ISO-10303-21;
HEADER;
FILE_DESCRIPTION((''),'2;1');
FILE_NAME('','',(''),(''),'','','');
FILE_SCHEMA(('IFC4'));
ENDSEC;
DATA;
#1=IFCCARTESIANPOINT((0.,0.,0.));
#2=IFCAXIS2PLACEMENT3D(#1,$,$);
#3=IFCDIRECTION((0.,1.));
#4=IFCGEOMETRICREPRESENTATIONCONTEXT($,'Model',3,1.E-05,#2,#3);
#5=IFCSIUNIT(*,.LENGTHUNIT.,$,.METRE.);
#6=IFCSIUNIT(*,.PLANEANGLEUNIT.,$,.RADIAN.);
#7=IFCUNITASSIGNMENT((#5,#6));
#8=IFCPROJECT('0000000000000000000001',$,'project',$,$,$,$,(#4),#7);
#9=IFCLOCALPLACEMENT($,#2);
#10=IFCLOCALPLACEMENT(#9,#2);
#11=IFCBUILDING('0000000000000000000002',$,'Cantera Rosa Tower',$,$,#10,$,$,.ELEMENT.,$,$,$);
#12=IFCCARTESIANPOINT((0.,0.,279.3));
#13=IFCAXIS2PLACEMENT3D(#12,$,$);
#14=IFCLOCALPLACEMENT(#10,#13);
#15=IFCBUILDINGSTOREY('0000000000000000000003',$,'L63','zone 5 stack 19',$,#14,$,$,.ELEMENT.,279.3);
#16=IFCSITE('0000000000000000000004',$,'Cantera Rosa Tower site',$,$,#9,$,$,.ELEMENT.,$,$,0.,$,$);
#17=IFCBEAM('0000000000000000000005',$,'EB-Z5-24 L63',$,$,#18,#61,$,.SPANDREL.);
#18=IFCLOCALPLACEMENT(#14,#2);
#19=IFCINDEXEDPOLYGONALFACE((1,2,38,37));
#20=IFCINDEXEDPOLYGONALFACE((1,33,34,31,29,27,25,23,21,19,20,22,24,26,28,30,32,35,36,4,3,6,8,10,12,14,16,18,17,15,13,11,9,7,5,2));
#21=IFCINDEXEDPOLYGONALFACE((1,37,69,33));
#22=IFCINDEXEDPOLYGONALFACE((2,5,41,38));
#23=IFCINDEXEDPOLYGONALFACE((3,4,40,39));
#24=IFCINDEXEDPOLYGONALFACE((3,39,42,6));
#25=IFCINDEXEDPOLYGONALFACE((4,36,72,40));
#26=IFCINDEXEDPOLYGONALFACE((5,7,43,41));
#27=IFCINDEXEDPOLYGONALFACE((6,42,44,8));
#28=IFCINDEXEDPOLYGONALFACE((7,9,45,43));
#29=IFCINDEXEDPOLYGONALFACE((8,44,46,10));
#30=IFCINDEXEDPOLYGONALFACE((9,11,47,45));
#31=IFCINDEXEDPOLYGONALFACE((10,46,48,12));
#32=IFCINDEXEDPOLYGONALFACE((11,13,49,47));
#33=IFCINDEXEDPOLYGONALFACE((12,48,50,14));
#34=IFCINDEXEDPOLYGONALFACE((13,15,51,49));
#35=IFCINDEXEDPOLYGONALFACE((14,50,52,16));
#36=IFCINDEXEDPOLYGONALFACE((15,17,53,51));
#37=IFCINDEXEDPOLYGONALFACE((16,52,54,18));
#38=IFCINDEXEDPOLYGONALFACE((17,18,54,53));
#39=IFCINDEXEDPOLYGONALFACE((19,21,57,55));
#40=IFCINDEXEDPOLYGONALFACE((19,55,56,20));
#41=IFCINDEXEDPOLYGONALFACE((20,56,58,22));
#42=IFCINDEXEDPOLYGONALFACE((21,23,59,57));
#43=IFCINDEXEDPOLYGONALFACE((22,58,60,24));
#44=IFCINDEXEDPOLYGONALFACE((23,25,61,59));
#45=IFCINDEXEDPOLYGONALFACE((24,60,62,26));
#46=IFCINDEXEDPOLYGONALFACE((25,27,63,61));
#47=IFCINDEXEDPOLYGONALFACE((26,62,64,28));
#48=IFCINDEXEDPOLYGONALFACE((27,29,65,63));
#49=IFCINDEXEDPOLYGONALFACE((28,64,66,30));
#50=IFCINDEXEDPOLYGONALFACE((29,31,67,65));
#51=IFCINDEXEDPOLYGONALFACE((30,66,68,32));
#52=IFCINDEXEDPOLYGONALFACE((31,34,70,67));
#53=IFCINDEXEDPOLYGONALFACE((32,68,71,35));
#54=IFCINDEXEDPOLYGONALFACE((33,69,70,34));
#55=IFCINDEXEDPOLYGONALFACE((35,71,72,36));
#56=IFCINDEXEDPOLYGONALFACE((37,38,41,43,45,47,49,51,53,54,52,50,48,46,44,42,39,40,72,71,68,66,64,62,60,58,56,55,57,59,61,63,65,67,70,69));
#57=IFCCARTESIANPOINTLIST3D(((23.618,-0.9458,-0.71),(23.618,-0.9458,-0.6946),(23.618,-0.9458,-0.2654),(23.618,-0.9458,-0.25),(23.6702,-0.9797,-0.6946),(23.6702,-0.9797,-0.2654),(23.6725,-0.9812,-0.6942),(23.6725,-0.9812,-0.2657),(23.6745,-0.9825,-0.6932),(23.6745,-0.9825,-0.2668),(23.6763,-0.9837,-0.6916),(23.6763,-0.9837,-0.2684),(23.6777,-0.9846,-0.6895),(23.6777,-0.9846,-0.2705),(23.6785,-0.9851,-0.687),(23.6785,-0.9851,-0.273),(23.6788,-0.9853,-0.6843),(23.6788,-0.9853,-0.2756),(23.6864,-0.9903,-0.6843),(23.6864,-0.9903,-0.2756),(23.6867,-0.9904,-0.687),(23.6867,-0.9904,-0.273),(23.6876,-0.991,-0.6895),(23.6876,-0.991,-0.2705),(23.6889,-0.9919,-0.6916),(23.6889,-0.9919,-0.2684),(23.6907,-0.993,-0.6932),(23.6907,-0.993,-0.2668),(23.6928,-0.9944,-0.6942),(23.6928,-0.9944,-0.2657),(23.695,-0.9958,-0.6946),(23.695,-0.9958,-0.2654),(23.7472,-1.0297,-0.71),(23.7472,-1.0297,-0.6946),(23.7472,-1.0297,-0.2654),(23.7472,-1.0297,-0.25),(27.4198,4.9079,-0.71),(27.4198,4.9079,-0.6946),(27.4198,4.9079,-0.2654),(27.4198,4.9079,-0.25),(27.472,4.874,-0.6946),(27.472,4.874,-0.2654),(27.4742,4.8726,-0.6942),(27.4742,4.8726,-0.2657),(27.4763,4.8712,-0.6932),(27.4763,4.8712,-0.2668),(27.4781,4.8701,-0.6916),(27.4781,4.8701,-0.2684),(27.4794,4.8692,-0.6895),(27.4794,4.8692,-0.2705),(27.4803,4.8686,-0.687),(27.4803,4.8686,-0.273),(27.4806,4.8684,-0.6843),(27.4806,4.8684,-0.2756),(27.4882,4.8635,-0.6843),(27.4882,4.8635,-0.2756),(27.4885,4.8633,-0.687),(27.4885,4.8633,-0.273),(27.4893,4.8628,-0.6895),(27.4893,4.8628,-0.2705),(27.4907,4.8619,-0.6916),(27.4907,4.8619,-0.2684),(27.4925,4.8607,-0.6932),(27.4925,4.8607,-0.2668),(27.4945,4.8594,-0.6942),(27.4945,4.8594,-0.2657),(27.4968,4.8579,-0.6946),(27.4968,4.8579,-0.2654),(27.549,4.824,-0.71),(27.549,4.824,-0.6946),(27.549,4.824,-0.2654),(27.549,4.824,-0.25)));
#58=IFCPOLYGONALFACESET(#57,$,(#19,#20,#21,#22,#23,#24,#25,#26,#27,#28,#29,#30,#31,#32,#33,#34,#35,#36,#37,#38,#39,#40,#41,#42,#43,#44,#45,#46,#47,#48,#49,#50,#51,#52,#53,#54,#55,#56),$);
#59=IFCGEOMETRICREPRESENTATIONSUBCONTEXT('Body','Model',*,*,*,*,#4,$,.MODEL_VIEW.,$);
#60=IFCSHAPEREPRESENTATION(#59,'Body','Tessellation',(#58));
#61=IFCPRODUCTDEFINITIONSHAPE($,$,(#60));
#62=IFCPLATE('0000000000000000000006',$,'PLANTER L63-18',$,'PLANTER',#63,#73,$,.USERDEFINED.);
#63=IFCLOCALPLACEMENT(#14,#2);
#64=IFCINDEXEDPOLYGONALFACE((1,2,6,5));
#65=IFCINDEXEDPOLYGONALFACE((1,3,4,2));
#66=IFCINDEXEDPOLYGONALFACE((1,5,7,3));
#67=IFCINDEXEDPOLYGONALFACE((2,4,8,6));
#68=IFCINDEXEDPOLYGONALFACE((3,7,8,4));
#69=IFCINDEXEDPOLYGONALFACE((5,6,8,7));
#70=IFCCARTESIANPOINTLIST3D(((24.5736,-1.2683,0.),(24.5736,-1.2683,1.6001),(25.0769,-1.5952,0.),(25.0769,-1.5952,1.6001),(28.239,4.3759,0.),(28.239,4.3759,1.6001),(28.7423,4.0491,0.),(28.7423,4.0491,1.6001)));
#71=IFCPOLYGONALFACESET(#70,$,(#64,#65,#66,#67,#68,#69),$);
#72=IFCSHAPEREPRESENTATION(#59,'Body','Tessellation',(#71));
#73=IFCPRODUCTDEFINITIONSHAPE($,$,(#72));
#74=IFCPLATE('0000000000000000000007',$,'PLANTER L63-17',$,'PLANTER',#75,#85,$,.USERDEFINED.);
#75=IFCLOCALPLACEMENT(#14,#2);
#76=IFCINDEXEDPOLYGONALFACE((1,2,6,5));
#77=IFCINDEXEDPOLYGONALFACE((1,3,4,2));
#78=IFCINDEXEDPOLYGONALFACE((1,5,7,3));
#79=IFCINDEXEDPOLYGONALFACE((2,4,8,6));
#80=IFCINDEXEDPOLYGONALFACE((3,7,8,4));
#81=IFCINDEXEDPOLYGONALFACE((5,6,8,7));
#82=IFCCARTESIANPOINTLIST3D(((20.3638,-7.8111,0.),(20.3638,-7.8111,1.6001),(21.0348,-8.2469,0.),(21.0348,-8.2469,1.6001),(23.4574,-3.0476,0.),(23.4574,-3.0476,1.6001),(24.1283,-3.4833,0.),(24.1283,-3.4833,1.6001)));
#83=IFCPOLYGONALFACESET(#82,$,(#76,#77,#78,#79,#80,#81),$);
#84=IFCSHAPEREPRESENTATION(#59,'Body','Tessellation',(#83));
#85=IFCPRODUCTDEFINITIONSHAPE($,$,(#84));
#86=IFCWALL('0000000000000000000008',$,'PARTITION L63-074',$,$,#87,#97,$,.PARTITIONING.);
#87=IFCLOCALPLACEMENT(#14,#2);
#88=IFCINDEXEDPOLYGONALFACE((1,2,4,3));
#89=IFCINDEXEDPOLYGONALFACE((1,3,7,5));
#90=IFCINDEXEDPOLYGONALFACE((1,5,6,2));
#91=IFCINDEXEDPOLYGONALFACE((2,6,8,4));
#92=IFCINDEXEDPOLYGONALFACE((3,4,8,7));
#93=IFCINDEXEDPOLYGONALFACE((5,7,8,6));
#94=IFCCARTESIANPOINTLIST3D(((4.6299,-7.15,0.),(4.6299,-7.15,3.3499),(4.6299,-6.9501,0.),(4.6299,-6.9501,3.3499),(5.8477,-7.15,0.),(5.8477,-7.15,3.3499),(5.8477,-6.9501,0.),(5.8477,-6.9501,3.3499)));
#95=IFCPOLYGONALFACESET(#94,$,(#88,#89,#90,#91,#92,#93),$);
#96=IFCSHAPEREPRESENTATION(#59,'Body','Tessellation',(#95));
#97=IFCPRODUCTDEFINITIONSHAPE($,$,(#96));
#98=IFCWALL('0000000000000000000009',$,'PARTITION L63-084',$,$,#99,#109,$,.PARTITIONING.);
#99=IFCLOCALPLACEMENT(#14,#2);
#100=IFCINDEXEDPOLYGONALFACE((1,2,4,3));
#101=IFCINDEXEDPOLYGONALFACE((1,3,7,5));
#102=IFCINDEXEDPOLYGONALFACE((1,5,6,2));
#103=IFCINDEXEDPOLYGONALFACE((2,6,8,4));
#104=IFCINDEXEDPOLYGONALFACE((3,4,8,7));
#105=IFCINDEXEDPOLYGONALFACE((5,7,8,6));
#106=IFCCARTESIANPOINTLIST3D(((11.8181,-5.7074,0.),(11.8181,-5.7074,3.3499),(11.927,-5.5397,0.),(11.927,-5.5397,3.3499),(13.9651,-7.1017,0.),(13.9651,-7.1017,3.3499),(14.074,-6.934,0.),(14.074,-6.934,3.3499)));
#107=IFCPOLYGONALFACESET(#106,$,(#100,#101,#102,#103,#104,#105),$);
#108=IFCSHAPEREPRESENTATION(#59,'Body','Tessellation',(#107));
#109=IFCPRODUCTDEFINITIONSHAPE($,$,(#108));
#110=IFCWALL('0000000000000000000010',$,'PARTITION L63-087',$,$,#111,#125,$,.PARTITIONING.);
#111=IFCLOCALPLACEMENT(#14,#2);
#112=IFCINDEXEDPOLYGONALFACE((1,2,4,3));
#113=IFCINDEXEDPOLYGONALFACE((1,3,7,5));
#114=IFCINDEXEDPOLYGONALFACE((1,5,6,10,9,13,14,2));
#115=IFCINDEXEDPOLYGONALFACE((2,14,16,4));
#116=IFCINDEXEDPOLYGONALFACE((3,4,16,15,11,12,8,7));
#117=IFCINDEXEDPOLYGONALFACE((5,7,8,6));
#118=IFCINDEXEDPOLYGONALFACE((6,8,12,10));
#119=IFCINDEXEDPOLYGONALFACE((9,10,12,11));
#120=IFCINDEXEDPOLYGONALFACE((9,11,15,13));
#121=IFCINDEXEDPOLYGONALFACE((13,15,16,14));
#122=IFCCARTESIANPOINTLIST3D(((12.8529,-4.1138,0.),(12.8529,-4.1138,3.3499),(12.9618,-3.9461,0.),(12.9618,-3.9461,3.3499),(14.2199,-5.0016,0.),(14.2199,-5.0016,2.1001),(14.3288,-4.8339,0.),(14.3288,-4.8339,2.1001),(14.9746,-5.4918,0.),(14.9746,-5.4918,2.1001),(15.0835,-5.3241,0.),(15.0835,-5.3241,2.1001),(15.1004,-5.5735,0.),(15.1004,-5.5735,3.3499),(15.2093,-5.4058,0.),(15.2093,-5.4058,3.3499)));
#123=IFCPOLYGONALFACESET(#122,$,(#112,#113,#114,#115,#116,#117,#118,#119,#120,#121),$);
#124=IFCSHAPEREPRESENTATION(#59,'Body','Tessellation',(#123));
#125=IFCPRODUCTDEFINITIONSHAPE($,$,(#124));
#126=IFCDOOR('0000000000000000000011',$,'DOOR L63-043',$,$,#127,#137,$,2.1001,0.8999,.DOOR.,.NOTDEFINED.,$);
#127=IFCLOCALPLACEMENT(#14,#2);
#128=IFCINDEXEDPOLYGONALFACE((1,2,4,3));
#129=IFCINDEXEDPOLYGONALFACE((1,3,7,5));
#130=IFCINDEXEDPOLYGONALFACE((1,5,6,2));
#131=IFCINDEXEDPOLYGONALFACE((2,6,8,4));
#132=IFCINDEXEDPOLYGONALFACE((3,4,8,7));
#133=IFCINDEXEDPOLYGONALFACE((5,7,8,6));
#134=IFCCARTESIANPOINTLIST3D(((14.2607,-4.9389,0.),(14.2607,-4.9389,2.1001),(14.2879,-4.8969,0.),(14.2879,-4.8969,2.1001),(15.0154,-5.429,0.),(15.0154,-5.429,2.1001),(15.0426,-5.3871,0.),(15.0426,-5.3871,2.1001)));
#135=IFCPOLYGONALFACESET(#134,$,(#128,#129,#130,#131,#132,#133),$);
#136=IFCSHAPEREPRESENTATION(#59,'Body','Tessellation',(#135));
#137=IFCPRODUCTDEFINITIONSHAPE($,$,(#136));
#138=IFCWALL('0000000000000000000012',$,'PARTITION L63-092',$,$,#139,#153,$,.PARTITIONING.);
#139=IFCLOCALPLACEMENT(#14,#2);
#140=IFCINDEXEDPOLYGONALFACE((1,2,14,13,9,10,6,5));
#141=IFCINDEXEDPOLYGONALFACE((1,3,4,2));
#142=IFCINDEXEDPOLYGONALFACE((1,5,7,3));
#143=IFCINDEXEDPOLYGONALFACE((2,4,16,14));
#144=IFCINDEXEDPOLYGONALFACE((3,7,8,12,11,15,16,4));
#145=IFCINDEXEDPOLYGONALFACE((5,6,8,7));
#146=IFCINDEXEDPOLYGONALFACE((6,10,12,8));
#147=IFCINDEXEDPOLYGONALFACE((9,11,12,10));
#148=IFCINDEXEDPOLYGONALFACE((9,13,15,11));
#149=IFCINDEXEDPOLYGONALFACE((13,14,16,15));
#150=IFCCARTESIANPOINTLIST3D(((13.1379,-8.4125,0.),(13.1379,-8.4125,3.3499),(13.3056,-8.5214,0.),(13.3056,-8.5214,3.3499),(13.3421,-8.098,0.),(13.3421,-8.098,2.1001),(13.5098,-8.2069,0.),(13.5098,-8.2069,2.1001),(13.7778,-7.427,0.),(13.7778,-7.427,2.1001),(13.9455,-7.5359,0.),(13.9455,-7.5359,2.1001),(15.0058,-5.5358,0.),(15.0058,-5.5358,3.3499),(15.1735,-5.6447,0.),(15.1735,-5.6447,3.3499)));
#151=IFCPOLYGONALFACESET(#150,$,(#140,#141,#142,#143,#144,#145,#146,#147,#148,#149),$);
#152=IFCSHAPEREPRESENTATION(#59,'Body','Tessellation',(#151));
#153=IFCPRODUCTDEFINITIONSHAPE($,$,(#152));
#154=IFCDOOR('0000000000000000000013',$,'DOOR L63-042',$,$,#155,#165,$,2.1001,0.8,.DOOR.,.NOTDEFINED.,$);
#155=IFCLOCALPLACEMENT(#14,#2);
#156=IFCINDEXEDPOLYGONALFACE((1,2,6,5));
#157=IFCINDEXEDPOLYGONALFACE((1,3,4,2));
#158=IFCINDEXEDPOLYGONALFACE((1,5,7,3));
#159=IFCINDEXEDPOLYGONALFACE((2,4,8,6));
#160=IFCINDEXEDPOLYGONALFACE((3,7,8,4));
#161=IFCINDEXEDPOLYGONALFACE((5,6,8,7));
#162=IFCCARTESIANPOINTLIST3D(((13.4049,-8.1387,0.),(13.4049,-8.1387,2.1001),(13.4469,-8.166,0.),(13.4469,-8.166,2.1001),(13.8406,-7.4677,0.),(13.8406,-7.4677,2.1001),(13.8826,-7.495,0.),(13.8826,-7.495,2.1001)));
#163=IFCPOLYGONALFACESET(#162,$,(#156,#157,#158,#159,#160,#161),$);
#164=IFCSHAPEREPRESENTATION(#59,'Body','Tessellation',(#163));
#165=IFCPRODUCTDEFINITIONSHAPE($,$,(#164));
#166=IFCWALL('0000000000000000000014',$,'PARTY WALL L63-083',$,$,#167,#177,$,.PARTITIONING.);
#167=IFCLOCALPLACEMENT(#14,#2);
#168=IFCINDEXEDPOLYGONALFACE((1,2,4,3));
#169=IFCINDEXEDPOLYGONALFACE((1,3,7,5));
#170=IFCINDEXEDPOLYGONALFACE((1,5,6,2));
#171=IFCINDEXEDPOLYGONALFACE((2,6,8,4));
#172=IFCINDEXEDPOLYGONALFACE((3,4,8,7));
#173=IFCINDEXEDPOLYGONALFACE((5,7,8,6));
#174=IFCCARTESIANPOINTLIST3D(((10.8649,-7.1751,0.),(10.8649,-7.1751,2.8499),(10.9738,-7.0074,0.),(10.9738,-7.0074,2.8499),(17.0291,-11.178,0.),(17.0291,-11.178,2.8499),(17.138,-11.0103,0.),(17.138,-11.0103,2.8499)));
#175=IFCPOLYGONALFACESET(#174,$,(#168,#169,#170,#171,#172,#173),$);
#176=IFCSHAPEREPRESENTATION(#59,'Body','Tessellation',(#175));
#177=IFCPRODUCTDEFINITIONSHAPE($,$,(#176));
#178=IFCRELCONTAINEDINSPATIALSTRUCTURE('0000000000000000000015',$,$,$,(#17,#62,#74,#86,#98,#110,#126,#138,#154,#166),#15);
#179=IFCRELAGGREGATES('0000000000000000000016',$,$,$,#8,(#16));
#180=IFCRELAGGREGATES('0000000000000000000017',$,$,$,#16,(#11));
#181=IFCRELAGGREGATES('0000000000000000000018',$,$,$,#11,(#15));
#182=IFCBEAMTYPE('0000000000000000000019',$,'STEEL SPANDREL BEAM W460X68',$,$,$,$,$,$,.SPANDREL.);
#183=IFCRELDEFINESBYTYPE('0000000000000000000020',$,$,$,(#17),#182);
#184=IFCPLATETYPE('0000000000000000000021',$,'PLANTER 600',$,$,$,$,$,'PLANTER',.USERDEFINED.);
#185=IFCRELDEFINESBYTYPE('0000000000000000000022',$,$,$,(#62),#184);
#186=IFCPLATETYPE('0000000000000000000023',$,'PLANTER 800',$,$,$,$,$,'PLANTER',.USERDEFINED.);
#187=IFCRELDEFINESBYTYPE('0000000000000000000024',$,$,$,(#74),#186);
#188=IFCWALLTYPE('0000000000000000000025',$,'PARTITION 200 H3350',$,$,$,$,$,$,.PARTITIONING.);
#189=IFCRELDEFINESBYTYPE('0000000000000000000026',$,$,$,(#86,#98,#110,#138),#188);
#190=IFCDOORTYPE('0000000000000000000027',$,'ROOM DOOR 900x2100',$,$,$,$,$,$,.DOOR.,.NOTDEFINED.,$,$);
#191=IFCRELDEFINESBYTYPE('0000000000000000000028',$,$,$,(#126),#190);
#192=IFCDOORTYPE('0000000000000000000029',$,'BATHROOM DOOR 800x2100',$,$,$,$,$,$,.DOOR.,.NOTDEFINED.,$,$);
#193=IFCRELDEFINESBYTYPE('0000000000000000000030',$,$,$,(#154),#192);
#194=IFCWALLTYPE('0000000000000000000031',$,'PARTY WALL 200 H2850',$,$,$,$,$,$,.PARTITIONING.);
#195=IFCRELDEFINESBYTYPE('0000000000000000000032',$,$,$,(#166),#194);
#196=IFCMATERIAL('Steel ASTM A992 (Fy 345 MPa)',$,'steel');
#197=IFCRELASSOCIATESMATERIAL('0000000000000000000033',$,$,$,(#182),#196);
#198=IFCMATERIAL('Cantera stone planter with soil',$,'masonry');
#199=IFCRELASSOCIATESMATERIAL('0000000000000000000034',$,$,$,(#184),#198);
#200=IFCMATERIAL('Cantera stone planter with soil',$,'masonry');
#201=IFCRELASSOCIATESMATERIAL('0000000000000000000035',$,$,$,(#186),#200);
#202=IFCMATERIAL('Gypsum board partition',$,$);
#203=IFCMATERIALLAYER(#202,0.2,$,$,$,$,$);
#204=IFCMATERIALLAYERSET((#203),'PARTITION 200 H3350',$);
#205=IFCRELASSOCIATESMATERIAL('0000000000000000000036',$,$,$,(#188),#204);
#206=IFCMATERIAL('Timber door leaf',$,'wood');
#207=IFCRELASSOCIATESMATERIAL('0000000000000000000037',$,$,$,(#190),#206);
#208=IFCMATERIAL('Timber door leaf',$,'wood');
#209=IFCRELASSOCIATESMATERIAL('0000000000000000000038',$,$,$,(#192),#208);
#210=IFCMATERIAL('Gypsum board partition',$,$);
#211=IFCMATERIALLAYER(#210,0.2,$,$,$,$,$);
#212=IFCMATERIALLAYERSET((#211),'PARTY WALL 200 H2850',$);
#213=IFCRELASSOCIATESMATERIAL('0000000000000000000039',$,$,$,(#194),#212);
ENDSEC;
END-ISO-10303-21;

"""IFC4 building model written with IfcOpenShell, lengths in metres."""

from ifc_helpers import new_model, si_unit, direction, frame, frame_2d, origin, origin_2d, place, context, subcontext, project, spatial, rectangle, i_section, extrude, material, layer, layer_set, material_profile, profile_set, type_object, element, fill, save


model = new_model("IFC4")

# Units and contexts
model_context = context("Model", 3, precision=1e-05, world=origin(), true_north=direction((0.0, 1.0)))
body_context = subcontext(model_context, "Body", "Model", "MODEL_VIEW")
ifc_project = project(units=[si_unit("LENGTHUNIT", "METRE"), si_unit("PLANEANGLEUNIT", "RADIAN")], contexts=[model_context])

# Site, building, storey
site_placement = place(None, origin())
site = spatial("IfcSite", under=ifc_project, at=site_placement, Name="Cantera Rosa Tower site", CompositionType="ELEMENT", RefElevation=0.0)
building_placement = place(site_placement, origin())
building = spatial("IfcBuilding", under=site, at=building_placement, Name="Cantera Rosa Tower", CompositionType="ELEMENT")
storey_placement = place(building_placement, frame((0.0, 0.0, 279.3)))
storey = spatial("IfcBuildingStorey", under=building, at=storey_placement, Name="L63", Description="zone 5 stack 19", CompositionType="ELEMENT", Elevation=279.3)

# Beam
ifc_material_1 = material(Name="Steel ASTM A992 (Fy 345 MPa)", Category="steel")
ifc_material_profile_1 = material_profile(ifc_material_1, i_section(OverallWidth=0.1541, OverallDepth=0.46, WebThickness=0.009, FlangeThickness=0.0154, FilletRadius=0.0103, at=origin_2d()), Name="W460X68")
ifc_profile_set_1 = profile_set([ifc_material_profile_1], Name="Steel ASTM A992 (Fy 345 MPa)")
beam_type_1 = type_object("IfcBeamType", Name="STEEL SPANDREL BEAM W460X68", PredefinedType="SPANDREL", material=ifc_profile_set_1)
beam_1_placement = place(storey_placement, frame((23.6826, -0.9878, -0.48), z_axis=(0.544667, 0.838652, 0.0), x_axis=(-0.838652, 0.544667, 0.0)))
element("IfcBeam", 1, at=beam_1_placement, inside=storey, type_object=beam_type_1, Name="EB-Z5-24 L63", PredefinedType="SPANDREL", context=body_context, shape_type="SweptSolid", body=[
    extrude(i_section(OverallWidth=0.1541, OverallDepth=0.46, WebThickness=0.009, FlangeThickness=0.0154, FilletRadius=0.0103, at=origin_2d()), origin(), (0.0, 0.0, 1.0), 6.98),
])

# Plates
ifc_material_2 = material(Name="Cantera stone planter with soil", Category="masonry")
plate_type_1 = type_object("IfcPlateType", Name="PLANTER 600", ElementType="PLANTER", PredefinedType="USERDEFINED", material=ifc_material_2)
plate_1_placement = place(storey_placement, frame((26.658, 1.3904, 0.0), z_axis=(0.0, 0.0, 1.0), x_axis=(0.544639, 0.838671, 0.0)))
element("IfcPlate", 2, at=plate_1_placement, inside=storey, type_object=plate_type_1, Name="PLANTER L63-18", ObjectType="PLANTER", PredefinedType="USERDEFINED", context=body_context, shape_type="SweptSolid", body=[
    extrude(rectangle(XDim=6.73, YDim=0.6001, at=origin_2d()), origin(), (0.0, 0.0, 1.0), 1.6001),
])
ifc_material_3 = material(Name="Cantera stone planter with soil", Category="masonry")
plate_type_2 = type_object("IfcPlateType", Name="PLANTER 800", ElementType="PLANTER", PredefinedType="USERDEFINED", material=ifc_material_3)
plate_2_placement = place(storey_placement, frame((22.2461, -5.6472, 0.0), z_axis=(0.0, 0.0, 1.0), x_axis=(0.544639, 0.838671, 0.0)))
element("IfcPlate", 3, at=plate_2_placement, inside=storey, type_object=plate_type_2, Name="PLANTER L63-17", ObjectType="PLANTER", PredefinedType="USERDEFINED", context=body_context, shape_type="SweptSolid", body=[
    extrude(rectangle(XDim=5.6799, YDim=0.8, at=origin_2d()), origin(), (0.0, 0.0, 1.0), 1.6001),
])

# Walls
ifc_material_4 = material(Name="Gypsum board partition")
ifc_layer_1 = layer(ifc_material_4, 0.2)
ifc_layer_set_1 = layer_set([ifc_layer_1], Name="PARTITION 200 H3350")
wall_type_1 = type_object("IfcWallType", Name="PARTITION 200 H3350", PredefinedType="PARTITIONING", material=ifc_layer_set_1)
wall_1_placement = place(storey_placement, frame((5.8477, -7.05, 0.0), z_axis=(0.0, 0.0, 1.0), x_axis=(-1.0, 0.0, 0.0)))
element("IfcWall", 4, at=wall_1_placement, inside=storey, type_object=wall_type_1, Name="PARTITION L63-074", PredefinedType="PARTITIONING", context=body_context, shape_type="SweptSolid", body=[
    extrude(rectangle(XDim=1.2178, YDim=0.2, at=frame_2d((0.6089, 0.0))), origin(), (0.0, 0.0, 1.0), 3.3499),
])
wall_2_placement = place(storey_placement, frame((11.8726, -5.6235, 0.0), z_axis=(0.0, 0.0, 1.0), x_axis=(0.838666, -0.544646, 0.0)))
element("IfcWall", 5, at=wall_2_placement, inside=storey, type_object=wall_type_1, Name="PARTITION L63-084", PredefinedType="PARTITIONING", context=body_context, shape_type="SweptSolid", body=[
    extrude(rectangle(XDim=2.5601, YDim=0.2, at=frame_2d((1.28, 0.0))), origin(), (0.0, 0.0, 1.0), 3.3499),
])

# Walls, openings, doors
wall_3_placement = place(storey_placement, frame((12.9075, -4.03, 0.0), z_axis=(0.0, 0.0, 1.0), x_axis=(0.838648, -0.544675, 0.0)))
wall_3 = element("IfcWall", 6, at=wall_3_placement, inside=storey, type_object=wall_type_1, Name="PARTITION L63-087", PredefinedType="PARTITIONING", context=body_context, shape_type="SweptSolid", body=[
    extrude(rectangle(XDim=2.6799, YDim=0.2, at=frame_2d((1.3398, 0.0))), origin(), (0.0, 0.0, 1.0), 3.3499),
])
opening_1_placement = place(wall_3_placement, frame((1.6299, 0.0, 0.0)))
opening_1 = element("IfcOpeningElement", 7, at=opening_1_placement, cuts=wall_3, PredefinedType="OPENING", context=body_context, shape_type="SweptSolid", body=[
    extrude(rectangle(XDim=0.8999, YDim=2.1001, at=frame_2d((0.45, 1.05))), frame((0.0, 0.1099, 0.0), z_axis=(0.0, -1.0, 0.0), x_axis=(1.0, 0.0, 0.0)), (0.0, 0.0, 1.0), 0.22),
])
ifc_material_5 = material(Name="Timber door leaf", Category="wood")
door_type_1 = type_object("IfcDoorType", Name="ROOM DOOR 900x2100", OperationType="NOTDEFINED", PredefinedType="DOOR", material=ifc_material_5)
door_1_placement = place(opening_1_placement, origin())
door_1 = element("IfcDoor", 8, at=door_1_placement, inside=storey, type_object=door_type_1, Name="DOOR L63-043", OperationType="NOTDEFINED", OverallHeight=2.1001, OverallWidth=0.8999, PredefinedType="DOOR", context=body_context, shape_type="SweptSolid", body=[
    extrude(rectangle(XDim=0.8999, YDim=2.1001, at=frame_2d((0.45, 1.05))), frame((0.0, 0.0249, 0.0), z_axis=(0.0, -1.0, 0.0), x_axis=(1.0, 0.0, 0.0)), (0.0, 0.0, 1.0), 0.05),
])
fill(opening_1, door_1)
wall_4_placement = place(storey_placement, frame((15.0896, -5.5903, 0.0), z_axis=(0.0, 0.0, 1.0), x_axis=(-0.54459, -0.838702, 0.0)))
wall_4 = element("IfcWall", 9, at=wall_4_placement, inside=storey, type_object=wall_type_1, Name="PARTITION L63-092", PredefinedType="PARTITIONING", context=body_context, shape_type="SweptSolid", body=[
    extrude(rectangle(XDim=3.4299, YDim=0.2, at=frame_2d((1.7148, 0.0))), origin(), (0.0, 0.0, 1.0), 3.3499),
])
opening_2_placement = place(wall_4_placement, frame((2.2549, 0.0, 0.0)))
opening_2 = element("IfcOpeningElement", 10, at=opening_2_placement, cuts=wall_4, PredefinedType="OPENING", context=body_context, shape_type="SweptSolid", body=[
    extrude(rectangle(XDim=0.8, YDim=2.1001, at=frame_2d((0.3999, 1.05))), frame((0.0, 0.1099, 0.0), z_axis=(0.0, -1.0, 0.0), x_axis=(1.0, 0.0, 0.0)), (0.0, 0.0, 1.0), 0.22),
])
ifc_material_6 = material(Name="Timber door leaf", Category="wood")
door_type_2 = type_object("IfcDoorType", Name="BATHROOM DOOR 800x2100", OperationType="NOTDEFINED", PredefinedType="DOOR", material=ifc_material_6)
door_2_placement = place(opening_2_placement, origin())
door_2 = element("IfcDoor", 11, at=door_2_placement, inside=storey, type_object=door_type_2, Name="DOOR L63-042", OperationType="NOTDEFINED", OverallHeight=2.1001, OverallWidth=0.8, PredefinedType="DOOR", context=body_context, shape_type="SweptSolid", body=[
    extrude(rectangle(XDim=0.8, YDim=2.1001, at=frame_2d((0.3999, 1.05))), frame((0.0, 0.0249, 0.0), z_axis=(0.0, -1.0, 0.0), x_axis=(1.0, 0.0, 0.0)), (0.0, 0.0, 1.0), 0.05),
])
fill(opening_2, door_2)

# Wall
ifc_material_7 = material(Name="Gypsum board partition")
ifc_layer_2 = layer(ifc_material_7, 0.2)
ifc_layer_set_2 = layer_set([ifc_layer_2], Name="PARTY WALL 200 H2850")
wall_type_2 = type_object("IfcWallType", Name="PARTY WALL 200 H2850", PredefinedType="PARTITIONING", material=ifc_layer_set_2)
for number, where, z_axis, x_axis, name in (
    (12, (10.9194, -7.0913, 0.0), (0.0, 0.0, 1.0), (0.838684, -0.544618, 0.0), "PARTY WALL L63-083"),
):
    element("IfcWall", number, at=place(storey_placement, frame(where, z_axis=z_axis, x_axis=x_axis)), inside=storey, type_object=wall_type_2, Name=name, PredefinedType="PARTITIONING", context=body_context, shape_type="SweptSolid", body=[
        extrude(rectangle(XDim=7.3499, YDim=0.2, at=frame_2d((3.6748, 0.0))), origin(), (0.0, 0.0, 1.0), 2.8499),
    ])

save(model, "model.ifc")
